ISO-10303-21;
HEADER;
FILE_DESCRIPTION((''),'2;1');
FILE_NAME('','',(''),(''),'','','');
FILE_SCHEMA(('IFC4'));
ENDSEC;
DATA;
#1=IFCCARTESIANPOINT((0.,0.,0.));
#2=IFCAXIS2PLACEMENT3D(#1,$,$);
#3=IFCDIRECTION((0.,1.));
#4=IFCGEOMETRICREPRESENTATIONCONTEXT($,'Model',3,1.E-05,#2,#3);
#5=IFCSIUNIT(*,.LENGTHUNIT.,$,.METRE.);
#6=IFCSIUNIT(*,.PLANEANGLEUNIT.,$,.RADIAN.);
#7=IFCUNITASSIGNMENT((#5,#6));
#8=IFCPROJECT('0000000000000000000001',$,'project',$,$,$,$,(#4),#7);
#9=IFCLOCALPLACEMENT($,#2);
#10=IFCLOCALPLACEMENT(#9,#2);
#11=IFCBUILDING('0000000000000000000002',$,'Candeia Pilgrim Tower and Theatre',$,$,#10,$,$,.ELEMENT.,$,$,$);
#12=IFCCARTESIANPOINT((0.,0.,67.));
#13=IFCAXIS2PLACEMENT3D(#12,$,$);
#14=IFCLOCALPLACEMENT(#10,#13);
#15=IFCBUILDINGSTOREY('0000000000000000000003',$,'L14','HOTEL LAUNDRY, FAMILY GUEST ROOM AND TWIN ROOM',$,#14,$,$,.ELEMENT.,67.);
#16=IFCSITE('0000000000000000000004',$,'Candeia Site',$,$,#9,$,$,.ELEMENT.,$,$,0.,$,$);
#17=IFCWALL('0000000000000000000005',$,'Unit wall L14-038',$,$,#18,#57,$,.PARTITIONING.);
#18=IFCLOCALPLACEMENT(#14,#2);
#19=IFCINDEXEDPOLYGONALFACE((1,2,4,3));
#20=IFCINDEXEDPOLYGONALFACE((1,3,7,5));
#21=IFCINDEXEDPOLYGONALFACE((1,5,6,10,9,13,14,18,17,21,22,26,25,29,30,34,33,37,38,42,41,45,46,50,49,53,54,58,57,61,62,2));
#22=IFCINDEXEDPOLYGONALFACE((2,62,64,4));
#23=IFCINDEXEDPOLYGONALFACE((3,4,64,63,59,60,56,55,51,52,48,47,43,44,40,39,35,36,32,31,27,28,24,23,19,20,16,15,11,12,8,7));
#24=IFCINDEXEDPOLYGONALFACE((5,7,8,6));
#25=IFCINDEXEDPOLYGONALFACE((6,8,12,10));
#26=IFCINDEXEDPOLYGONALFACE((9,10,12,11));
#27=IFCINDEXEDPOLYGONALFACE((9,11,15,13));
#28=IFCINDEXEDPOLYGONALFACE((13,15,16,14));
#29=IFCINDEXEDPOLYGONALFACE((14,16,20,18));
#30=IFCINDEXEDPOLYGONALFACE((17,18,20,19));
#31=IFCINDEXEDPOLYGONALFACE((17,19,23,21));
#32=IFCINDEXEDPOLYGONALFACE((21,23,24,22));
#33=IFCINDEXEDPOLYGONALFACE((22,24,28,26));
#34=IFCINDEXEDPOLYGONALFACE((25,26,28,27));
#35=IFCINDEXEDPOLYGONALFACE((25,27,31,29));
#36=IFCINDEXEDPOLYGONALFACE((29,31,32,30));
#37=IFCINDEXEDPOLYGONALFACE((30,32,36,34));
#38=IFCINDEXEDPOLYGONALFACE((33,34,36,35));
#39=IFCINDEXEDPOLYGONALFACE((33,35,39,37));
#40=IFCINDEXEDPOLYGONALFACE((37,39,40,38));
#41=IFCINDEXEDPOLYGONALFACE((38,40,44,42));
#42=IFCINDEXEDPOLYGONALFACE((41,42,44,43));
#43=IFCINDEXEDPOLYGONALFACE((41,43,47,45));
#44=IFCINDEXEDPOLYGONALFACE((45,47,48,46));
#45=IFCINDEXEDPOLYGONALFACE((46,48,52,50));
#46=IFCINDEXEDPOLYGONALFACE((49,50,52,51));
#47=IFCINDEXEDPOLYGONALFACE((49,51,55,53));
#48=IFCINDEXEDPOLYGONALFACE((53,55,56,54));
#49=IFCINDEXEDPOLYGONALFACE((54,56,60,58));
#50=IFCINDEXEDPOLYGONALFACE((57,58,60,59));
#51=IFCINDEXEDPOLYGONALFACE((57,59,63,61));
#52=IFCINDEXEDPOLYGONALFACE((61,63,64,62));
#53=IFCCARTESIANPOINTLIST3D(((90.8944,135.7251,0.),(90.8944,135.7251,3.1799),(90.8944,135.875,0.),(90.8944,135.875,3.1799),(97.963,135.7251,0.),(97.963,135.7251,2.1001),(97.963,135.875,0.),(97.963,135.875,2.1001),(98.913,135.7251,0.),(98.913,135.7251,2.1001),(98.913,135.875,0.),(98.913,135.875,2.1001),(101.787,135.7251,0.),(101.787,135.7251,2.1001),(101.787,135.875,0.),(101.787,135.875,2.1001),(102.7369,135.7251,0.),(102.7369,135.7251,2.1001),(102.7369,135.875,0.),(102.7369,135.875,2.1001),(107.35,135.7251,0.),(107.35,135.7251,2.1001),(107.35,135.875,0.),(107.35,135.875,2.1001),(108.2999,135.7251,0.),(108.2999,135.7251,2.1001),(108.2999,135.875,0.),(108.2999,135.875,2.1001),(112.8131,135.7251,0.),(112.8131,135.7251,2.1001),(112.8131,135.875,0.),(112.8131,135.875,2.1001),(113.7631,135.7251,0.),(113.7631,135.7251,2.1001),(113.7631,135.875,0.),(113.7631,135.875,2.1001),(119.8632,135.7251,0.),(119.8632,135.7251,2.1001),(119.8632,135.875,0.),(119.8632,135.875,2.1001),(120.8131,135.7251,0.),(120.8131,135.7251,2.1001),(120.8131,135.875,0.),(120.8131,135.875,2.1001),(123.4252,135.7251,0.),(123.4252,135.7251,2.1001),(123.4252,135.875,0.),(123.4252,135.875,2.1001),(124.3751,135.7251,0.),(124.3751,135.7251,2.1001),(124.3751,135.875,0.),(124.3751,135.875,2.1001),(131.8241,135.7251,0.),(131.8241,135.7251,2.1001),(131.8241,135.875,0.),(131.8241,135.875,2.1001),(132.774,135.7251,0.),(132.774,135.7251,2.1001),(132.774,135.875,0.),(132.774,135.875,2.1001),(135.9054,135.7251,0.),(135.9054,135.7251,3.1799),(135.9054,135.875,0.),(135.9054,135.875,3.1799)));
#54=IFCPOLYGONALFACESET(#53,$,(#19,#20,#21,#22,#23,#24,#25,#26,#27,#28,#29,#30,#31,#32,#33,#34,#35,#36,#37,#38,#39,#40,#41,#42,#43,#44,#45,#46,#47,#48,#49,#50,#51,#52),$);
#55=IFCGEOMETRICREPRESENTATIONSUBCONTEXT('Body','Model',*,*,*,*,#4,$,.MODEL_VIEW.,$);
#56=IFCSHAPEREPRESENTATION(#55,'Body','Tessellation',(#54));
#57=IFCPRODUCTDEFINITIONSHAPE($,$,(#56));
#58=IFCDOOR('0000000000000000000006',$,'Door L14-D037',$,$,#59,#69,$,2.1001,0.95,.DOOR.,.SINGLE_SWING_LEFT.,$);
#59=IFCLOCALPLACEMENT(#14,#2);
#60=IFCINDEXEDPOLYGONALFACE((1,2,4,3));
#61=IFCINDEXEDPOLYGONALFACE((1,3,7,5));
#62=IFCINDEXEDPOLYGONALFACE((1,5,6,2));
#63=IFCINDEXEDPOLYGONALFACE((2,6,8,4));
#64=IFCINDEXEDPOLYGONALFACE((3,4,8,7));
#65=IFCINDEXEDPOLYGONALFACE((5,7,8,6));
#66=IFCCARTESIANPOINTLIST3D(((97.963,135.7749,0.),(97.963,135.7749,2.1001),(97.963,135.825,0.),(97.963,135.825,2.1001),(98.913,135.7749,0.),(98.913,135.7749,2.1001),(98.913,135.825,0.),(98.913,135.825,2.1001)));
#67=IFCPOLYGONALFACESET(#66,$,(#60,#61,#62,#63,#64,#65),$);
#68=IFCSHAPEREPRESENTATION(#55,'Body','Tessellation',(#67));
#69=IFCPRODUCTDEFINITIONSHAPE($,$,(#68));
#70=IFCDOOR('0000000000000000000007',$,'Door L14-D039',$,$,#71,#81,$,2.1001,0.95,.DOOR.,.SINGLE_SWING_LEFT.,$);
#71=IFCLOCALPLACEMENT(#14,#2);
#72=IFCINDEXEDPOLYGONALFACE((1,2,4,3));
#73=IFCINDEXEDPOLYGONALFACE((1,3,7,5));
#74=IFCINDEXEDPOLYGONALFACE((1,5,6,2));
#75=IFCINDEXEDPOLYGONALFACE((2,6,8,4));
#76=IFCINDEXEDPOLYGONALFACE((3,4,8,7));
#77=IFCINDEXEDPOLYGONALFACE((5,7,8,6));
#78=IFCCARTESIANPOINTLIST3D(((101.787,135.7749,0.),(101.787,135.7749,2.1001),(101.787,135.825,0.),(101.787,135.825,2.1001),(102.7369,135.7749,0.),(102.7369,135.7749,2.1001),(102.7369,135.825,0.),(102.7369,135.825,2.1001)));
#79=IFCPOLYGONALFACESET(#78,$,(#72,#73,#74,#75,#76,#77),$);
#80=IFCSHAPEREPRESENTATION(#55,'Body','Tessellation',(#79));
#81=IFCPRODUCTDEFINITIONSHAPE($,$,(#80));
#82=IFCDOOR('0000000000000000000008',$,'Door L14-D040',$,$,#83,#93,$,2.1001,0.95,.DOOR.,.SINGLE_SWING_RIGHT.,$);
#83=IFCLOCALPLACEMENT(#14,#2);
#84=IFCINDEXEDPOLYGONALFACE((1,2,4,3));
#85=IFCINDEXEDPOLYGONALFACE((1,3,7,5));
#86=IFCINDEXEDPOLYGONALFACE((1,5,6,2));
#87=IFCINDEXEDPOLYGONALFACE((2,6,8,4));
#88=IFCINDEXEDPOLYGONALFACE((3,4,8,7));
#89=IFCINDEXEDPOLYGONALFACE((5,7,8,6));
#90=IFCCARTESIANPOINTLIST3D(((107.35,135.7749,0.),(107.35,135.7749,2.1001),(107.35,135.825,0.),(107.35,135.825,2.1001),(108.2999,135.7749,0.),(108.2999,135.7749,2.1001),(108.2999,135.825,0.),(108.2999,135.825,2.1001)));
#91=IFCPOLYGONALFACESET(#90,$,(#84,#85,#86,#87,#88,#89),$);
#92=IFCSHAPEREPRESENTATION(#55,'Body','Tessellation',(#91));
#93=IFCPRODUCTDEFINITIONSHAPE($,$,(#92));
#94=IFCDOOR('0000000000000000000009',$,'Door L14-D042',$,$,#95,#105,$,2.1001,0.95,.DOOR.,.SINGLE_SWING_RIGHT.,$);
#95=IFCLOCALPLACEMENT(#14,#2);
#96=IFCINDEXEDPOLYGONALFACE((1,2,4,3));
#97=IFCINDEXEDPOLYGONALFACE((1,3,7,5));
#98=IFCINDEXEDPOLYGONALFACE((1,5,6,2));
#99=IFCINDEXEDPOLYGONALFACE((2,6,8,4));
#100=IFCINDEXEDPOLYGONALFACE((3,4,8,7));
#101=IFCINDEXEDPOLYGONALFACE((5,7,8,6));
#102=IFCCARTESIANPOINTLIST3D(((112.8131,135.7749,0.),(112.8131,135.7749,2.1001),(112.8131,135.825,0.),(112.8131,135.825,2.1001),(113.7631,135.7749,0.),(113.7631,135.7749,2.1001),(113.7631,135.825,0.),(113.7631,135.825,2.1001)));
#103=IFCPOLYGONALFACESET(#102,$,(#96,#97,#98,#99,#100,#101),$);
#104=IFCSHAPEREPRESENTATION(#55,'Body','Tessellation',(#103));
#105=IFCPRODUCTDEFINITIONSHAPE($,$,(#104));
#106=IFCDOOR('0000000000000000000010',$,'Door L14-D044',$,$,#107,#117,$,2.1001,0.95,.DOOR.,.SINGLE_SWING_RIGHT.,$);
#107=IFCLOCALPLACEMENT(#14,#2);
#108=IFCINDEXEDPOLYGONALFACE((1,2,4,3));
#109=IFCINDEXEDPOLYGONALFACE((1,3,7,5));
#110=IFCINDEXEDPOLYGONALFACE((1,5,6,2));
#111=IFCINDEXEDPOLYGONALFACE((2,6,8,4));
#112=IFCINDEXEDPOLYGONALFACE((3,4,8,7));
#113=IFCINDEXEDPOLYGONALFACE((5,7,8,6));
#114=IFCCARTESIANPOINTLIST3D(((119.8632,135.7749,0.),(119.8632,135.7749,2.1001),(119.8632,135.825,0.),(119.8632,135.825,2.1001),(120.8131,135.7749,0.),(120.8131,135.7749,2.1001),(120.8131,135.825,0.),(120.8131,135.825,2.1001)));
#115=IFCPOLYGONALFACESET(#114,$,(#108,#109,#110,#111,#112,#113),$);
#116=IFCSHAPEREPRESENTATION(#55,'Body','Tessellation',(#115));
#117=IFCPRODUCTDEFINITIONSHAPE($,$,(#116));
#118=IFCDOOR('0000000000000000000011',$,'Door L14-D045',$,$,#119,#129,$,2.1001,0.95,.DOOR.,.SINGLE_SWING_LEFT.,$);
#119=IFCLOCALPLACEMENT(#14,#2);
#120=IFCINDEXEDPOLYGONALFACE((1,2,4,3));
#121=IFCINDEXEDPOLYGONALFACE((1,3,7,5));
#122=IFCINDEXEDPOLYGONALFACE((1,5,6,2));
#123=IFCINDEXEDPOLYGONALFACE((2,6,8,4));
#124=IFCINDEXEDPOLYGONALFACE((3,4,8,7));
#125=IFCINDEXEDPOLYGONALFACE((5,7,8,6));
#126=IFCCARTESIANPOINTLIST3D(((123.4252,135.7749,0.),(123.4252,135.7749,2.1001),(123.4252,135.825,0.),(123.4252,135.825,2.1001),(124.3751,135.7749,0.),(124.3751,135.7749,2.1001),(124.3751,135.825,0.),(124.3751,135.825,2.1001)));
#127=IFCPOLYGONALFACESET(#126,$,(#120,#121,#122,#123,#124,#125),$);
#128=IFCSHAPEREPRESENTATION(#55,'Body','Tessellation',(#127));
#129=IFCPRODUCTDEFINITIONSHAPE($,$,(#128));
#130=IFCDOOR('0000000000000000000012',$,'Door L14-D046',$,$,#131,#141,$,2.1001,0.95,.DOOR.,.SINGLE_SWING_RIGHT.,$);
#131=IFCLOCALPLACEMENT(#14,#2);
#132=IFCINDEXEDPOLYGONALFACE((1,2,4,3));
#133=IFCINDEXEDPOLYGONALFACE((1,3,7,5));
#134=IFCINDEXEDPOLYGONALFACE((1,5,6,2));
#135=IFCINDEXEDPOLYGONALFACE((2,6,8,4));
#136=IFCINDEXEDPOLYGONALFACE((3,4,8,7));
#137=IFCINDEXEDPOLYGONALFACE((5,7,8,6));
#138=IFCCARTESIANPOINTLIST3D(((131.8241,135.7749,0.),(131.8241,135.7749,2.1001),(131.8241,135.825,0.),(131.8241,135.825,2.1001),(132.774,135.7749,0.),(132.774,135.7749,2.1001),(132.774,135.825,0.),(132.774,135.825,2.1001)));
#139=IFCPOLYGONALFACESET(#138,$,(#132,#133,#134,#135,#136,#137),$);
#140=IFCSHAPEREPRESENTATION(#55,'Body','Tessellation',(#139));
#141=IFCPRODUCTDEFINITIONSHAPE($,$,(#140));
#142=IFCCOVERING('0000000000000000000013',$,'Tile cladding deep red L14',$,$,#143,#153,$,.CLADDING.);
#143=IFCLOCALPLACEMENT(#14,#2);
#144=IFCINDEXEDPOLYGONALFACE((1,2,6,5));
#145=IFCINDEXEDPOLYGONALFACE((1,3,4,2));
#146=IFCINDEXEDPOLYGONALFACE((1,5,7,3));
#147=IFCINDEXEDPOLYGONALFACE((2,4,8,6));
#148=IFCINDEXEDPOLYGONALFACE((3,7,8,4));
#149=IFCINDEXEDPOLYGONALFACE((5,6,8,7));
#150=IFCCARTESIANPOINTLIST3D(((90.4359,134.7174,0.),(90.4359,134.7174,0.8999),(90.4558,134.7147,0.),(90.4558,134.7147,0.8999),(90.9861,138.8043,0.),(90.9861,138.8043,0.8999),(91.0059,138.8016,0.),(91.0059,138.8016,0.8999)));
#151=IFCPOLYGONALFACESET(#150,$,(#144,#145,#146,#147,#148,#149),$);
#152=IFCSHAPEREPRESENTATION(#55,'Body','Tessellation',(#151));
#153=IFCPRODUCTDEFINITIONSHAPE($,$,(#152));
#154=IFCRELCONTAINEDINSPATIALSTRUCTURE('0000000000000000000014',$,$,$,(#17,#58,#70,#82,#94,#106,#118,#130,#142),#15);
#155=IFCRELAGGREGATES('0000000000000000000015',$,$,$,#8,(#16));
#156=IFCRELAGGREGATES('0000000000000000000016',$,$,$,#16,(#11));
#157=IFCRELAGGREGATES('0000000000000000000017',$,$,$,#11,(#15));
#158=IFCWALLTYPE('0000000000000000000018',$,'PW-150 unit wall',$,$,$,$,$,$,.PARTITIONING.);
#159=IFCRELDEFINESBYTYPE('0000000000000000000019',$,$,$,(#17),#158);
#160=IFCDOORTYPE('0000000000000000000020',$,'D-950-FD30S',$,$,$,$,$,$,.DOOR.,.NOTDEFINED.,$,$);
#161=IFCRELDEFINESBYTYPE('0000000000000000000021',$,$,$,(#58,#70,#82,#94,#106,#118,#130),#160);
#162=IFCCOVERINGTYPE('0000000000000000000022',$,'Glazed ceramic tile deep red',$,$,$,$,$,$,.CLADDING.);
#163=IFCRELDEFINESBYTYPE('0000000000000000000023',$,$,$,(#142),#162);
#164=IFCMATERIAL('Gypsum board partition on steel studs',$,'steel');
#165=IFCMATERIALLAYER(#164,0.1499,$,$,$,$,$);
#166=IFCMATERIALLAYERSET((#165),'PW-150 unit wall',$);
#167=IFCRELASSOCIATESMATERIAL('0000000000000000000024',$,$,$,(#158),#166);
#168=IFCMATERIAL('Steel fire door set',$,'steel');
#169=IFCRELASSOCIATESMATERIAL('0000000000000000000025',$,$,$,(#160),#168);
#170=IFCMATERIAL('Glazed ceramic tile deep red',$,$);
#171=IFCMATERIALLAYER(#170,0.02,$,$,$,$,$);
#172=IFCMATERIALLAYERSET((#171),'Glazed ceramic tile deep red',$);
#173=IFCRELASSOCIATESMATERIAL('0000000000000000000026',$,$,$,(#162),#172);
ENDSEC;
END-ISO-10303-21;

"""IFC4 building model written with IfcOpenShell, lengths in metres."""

from ifc_helpers import new_model, si_unit, direction, frame, frame_2d, origin, origin_2d, place, context, subcontext, project, spatial, rectangle, extrude, material, layer, layer_set, type_object, element, fill, save


model = new_model("IFC4")

# Units and contexts
model_context = context("Model", 3, precision=1e-05, world=origin(), true_north=direction((0.0, 1.0)))
body_context = subcontext(model_context, "Body", "Model", "MODEL_VIEW")
ifc_project = project(units=[si_unit("LENGTHUNIT", "METRE"), si_unit("PLANEANGLEUNIT", "RADIAN")], contexts=[model_context])

# Site, building, storey
site_placement = place(None, origin())
site = spatial("IfcSite", under=ifc_project, at=site_placement, Name="Candeia Site", CompositionType="ELEMENT", RefElevation=0.0)
building_placement = place(site_placement, origin())
building = spatial("IfcBuilding", under=site, at=building_placement, Name="Candeia Pilgrim Tower and Theatre", CompositionType="ELEMENT")
storey_placement = place(building_placement, frame((0.0, 0.0, 67.0)))
storey = spatial("IfcBuildingStorey", under=building, at=storey_placement, Name="L14", Description="HOTEL LAUNDRY, FAMILY GUEST ROOM AND TWIN ROOM", CompositionType="ELEMENT", Elevation=67.0)

# Shared definitions
ifc_material_1 = material(Name="Gypsum board partition on steel studs", Category="steel")

# Wall, openings, doors
ifc_layer_1 = layer(ifc_material_1, 0.1499)
ifc_layer_set_1 = layer_set([ifc_layer_1], Name="PW-150 unit wall")
wall_type_1 = type_object("IfcWallType", Name="PW-150 unit wall", PredefinedType="PARTITIONING", material=ifc_layer_set_1)
wall_1_placement = place(storey_placement, frame((90.8945, 135.8, 0.0), z_axis=(0.0, 0.0, 1.0), x_axis=(1.0, 0.0, 0.0)))
wall_1 = element("IfcWall", 1, at=wall_1_placement, inside=storey, type_object=wall_type_1, Name="Unit wall L14-038", PredefinedType="PARTITIONING", context=body_context, shape_type="SweptSolid", body=[
    extrude(rectangle(XDim=45.011, YDim=0.1499, at=frame_2d((22.5054, 0.0))), origin(), (0.0, 0.0, 1.0), 3.1799),
])
opening_1_placement = place(wall_1_placement, frame((7.0684, 0.0, 0.0)))
opening_1 = element("IfcOpeningElement", 2, at=opening_1_placement, cuts=wall_1, PredefinedType="OPENING", context=body_context, shape_type="SweptSolid", body=[
    extrude(rectangle(XDim=0.95, YDim=2.1001, at=frame_2d((0.4751, 1.05))), frame((0.0, 0.085, 0.0), z_axis=(0.0, -1.0, 0.0), x_axis=(1.0, 0.0, 0.0)), (0.0, 0.0, 1.0), 0.1699),
])
opening_2_placement = place(wall_1_placement, frame((10.8923, 0.0, 0.0)))
opening_2 = element("IfcOpeningElement", 3, at=opening_2_placement, cuts=wall_1, PredefinedType="OPENING", context=body_context, shape_type="SweptSolid", body=[
    extrude(rectangle(XDim=0.95, YDim=2.1001, at=frame_2d((0.4751, 1.05))), frame((0.0, 0.085, 0.0), z_axis=(0.0, -1.0, 0.0), x_axis=(1.0, 0.0, 0.0)), (0.0, 0.0, 1.0), 0.1699),
])
opening_3_placement = place(wall_1_placement, frame((16.4553, 0.0, 0.0)))
opening_3 = element("IfcOpeningElement", 4, at=opening_3_placement, cuts=wall_1, PredefinedType="OPENING", context=body_context, shape_type="SweptSolid", body=[
    extrude(rectangle(XDim=0.95, YDim=2.1001, at=frame_2d((0.4751, 1.05))), frame((0.0, 0.085, 0.0), z_axis=(0.0, -1.0, 0.0), x_axis=(1.0, 0.0, 0.0)), (0.0, 0.0, 1.0), 0.1699),
])
opening_4_placement = place(wall_1_placement, frame((21.9185, 0.0, 0.0)))
opening_4 = element("IfcOpeningElement", 5, at=opening_4_placement, cuts=wall_1, PredefinedType="OPENING", context=body_context, shape_type="SweptSolid", body=[
    extrude(rectangle(XDim=0.95, YDim=2.1001, at=frame_2d((0.4751, 1.05))), frame((0.0, 0.085, 0.0), z_axis=(0.0, -1.0, 0.0), x_axis=(1.0, 0.0, 0.0)), (0.0, 0.0, 1.0), 0.1699),
])
opening_5_placement = place(wall_1_placement, frame((28.9685, 0.0, 0.0)))
opening_5 = element("IfcOpeningElement", 6, at=opening_5_placement, cuts=wall_1, PredefinedType="OPENING", context=body_context, shape_type="SweptSolid", body=[
    extrude(rectangle(XDim=0.95, YDim=2.1001, at=frame_2d((0.4751, 1.05))), frame((0.0, 0.085, 0.0), z_axis=(0.0, -1.0, 0.0), x_axis=(1.0, 0.0, 0.0)), (0.0, 0.0, 1.0), 0.1699),
])
opening_6_placement = place(wall_1_placement, frame((32.5305, 0.0, 0.0)))
opening_6 = element("IfcOpeningElement", 7, at=opening_6_placement, cuts=wall_1, PredefinedType="OPENING", context=body_context, shape_type="SweptSolid", body=[
    extrude(rectangle(XDim=0.95, YDim=2.1001, at=frame_2d((0.4751, 1.05))), frame((0.0, 0.085, 0.0), z_axis=(0.0, -1.0, 0.0), x_axis=(1.0, 0.0, 0.0)), (0.0, 0.0, 1.0), 0.1699),
])
opening_7_placement = place(wall_1_placement, frame((40.9294, 0.0, 0.0)))
opening_7 = element("IfcOpeningElement", 8, at=opening_7_placement, cuts=wall_1, PredefinedType="OPENING", context=body_context, shape_type="SweptSolid", body=[
    extrude(rectangle(XDim=0.95, YDim=2.1001, at=frame_2d((0.4751, 1.05))), frame((0.0, 0.085, 0.0), z_axis=(0.0, -1.0, 0.0), x_axis=(1.0, 0.0, 0.0)), (0.0, 0.0, 1.0), 0.1699),
])
ifc_material_2 = material(Name="Steel fire door set", Category="steel")
door_type_1 = type_object("IfcDoorType", Name="D-950-FD30S", OperationType="NOTDEFINED", PredefinedType="DOOR", material=ifc_material_2)
door_1_placement = place(opening_1_placement, origin())
door_1 = element("IfcDoor", 9, at=door_1_placement, inside=storey, type_object=door_type_1, Name="Door L14-D037", OperationType="SINGLE_SWING_LEFT", OverallHeight=2.1001, OverallWidth=0.95, PredefinedType="DOOR", context=body_context, shape_type="SweptSolid", body=[
    extrude(rectangle(XDim=0.95, YDim=2.1001, at=frame_2d((0.4751, 1.05))), frame((0.0, 0.0249, 0.0), z_axis=(0.0, -1.0, 0.0), x_axis=(1.0, 0.0, 0.0)), (0.0, 0.0, 1.0), 0.05),
])
fill(opening_1, door_1)
door_2_placement = place(opening_2_placement, origin())
door_2 = element("IfcDoor", 10, at=door_2_placement, inside=storey, type_object=door_type_1, Name="Door L14-D039", OperationType="SINGLE_SWING_LEFT", OverallHeight=2.1001, OverallWidth=0.95, PredefinedType="DOOR", context=body_context, shape_type="SweptSolid", body=[
    extrude(rectangle(XDim=0.95, YDim=2.1001, at=frame_2d((0.4751, 1.05))), frame((0.0, 0.0249, 0.0), z_axis=(0.0, -1.0, 0.0), x_axis=(1.0, 0.0, 0.0)), (0.0, 0.0, 1.0), 0.05),
])
fill(opening_2, door_2)
door_3_placement = place(opening_3_placement, origin())
door_3 = element("IfcDoor", 11, at=door_3_placement, inside=storey, type_object=door_type_1, Name="Door L14-D040", OperationType="SINGLE_SWING_RIGHT", OverallHeight=2.1001, OverallWidth=0.95, PredefinedType="DOOR", context=body_context, shape_type="SweptSolid", body=[
    extrude(rectangle(XDim=0.95, YDim=2.1001, at=frame_2d((0.4751, 1.05))), frame((0.0, 0.0249, 0.0), z_axis=(0.0, -1.0, 0.0), x_axis=(1.0, 0.0, 0.0)), (0.0, 0.0, 1.0), 0.05),
])
fill(opening_3, door_3)
door_4_placement = place(opening_4_placement, origin())
door_4 = element("IfcDoor", 12, at=door_4_placement, inside=storey, type_object=door_type_1, Name="Door L14-D042", OperationType="SINGLE_SWING_RIGHT", OverallHeight=2.1001, OverallWidth=0.95, PredefinedType="DOOR", context=body_context, shape_type="SweptSolid", body=[
    extrude(rectangle(XDim=0.95, YDim=2.1001, at=frame_2d((0.4751, 1.05))), frame((0.0, 0.0249, 0.0), z_axis=(0.0, -1.0, 0.0), x_axis=(1.0, 0.0, 0.0)), (0.0, 0.0, 1.0), 0.05),
])
fill(opening_4, door_4)
door_5_placement = place(opening_5_placement, origin())
door_5 = element("IfcDoor", 13, at=door_5_placement, inside=storey, type_object=door_type_1, Name="Door L14-D044", OperationType="SINGLE_SWING_RIGHT", OverallHeight=2.1001, OverallWidth=0.95, PredefinedType="DOOR", context=body_context, shape_type="SweptSolid", body=[
    extrude(rectangle(XDim=0.95, YDim=2.1001, at=frame_2d((0.4751, 1.05))), frame((0.0, 0.0249, 0.0), z_axis=(0.0, -1.0, 0.0), x_axis=(1.0, 0.0, 0.0)), (0.0, 0.0, 1.0), 0.05),
])
fill(opening_5, door_5)
door_6_placement = place(opening_6_placement, origin())
door_6 = element("IfcDoor", 14, at=door_6_placement, inside=storey, type_object=door_type_1, Name="Door L14-D045", OperationType="SINGLE_SWING_LEFT", OverallHeight=2.1001, OverallWidth=0.95, PredefinedType="DOOR", context=body_context, shape_type="SweptSolid", body=[
    extrude(rectangle(XDim=0.95, YDim=2.1001, at=frame_2d((0.4751, 1.05))), frame((0.0, 0.0249, 0.0), z_axis=(0.0, -1.0, 0.0), x_axis=(1.0, 0.0, 0.0)), (0.0, 0.0, 1.0), 0.05),
])
fill(opening_6, door_6)
door_7_placement = place(opening_7_placement, origin())
door_7 = element("IfcDoor", 15, at=door_7_placement, inside=storey, type_object=door_type_1, Name="Door L14-D046", OperationType="SINGLE_SWING_RIGHT", OverallHeight=2.1001, OverallWidth=0.95, PredefinedType="DOOR", context=body_context, shape_type="SweptSolid", body=[
    extrude(rectangle(XDim=0.95, YDim=2.1001, at=frame_2d((0.4751, 1.05))), frame((0.0, 0.0249, 0.0), z_axis=(0.0, -1.0, 0.0), x_axis=(1.0, 0.0, 0.0)), (0.0, 0.0, 1.0), 0.05),
])
fill(opening_7, door_7)

# Covering
ifc_material_3 = material(Name="Glazed ceramic tile deep red")
ifc_layer_2 = layer(ifc_material_3, 0.02)
ifc_layer_set_2 = layer_set([ifc_layer_2], Name="Glazed ceramic tile deep red")
covering_type = type_object("IfcCoveringType", Name="Glazed ceramic tile deep red", PredefinedType="CLADDING", material=ifc_layer_set_2)
covering_placement = place(storey_placement, frame((90.7209, 136.7595, 0.0), z_axis=(0.0, 0.0, 1.0), x_axis=(-0.133412, -0.991061, 0.0)))
element("IfcCovering", 16, at=covering_placement, inside=storey, type_object=covering_type, Name="Tile cladding deep red L14", PredefinedType="CLADDING", context=body_context, shape_type="SweptSolid", body=[
    extrude(rectangle(XDim=4.1238, YDim=0.02, at=origin_2d()), origin(), (0.0, 0.0, 1.0), 0.8999),
])

save(model, "model.ifc")
